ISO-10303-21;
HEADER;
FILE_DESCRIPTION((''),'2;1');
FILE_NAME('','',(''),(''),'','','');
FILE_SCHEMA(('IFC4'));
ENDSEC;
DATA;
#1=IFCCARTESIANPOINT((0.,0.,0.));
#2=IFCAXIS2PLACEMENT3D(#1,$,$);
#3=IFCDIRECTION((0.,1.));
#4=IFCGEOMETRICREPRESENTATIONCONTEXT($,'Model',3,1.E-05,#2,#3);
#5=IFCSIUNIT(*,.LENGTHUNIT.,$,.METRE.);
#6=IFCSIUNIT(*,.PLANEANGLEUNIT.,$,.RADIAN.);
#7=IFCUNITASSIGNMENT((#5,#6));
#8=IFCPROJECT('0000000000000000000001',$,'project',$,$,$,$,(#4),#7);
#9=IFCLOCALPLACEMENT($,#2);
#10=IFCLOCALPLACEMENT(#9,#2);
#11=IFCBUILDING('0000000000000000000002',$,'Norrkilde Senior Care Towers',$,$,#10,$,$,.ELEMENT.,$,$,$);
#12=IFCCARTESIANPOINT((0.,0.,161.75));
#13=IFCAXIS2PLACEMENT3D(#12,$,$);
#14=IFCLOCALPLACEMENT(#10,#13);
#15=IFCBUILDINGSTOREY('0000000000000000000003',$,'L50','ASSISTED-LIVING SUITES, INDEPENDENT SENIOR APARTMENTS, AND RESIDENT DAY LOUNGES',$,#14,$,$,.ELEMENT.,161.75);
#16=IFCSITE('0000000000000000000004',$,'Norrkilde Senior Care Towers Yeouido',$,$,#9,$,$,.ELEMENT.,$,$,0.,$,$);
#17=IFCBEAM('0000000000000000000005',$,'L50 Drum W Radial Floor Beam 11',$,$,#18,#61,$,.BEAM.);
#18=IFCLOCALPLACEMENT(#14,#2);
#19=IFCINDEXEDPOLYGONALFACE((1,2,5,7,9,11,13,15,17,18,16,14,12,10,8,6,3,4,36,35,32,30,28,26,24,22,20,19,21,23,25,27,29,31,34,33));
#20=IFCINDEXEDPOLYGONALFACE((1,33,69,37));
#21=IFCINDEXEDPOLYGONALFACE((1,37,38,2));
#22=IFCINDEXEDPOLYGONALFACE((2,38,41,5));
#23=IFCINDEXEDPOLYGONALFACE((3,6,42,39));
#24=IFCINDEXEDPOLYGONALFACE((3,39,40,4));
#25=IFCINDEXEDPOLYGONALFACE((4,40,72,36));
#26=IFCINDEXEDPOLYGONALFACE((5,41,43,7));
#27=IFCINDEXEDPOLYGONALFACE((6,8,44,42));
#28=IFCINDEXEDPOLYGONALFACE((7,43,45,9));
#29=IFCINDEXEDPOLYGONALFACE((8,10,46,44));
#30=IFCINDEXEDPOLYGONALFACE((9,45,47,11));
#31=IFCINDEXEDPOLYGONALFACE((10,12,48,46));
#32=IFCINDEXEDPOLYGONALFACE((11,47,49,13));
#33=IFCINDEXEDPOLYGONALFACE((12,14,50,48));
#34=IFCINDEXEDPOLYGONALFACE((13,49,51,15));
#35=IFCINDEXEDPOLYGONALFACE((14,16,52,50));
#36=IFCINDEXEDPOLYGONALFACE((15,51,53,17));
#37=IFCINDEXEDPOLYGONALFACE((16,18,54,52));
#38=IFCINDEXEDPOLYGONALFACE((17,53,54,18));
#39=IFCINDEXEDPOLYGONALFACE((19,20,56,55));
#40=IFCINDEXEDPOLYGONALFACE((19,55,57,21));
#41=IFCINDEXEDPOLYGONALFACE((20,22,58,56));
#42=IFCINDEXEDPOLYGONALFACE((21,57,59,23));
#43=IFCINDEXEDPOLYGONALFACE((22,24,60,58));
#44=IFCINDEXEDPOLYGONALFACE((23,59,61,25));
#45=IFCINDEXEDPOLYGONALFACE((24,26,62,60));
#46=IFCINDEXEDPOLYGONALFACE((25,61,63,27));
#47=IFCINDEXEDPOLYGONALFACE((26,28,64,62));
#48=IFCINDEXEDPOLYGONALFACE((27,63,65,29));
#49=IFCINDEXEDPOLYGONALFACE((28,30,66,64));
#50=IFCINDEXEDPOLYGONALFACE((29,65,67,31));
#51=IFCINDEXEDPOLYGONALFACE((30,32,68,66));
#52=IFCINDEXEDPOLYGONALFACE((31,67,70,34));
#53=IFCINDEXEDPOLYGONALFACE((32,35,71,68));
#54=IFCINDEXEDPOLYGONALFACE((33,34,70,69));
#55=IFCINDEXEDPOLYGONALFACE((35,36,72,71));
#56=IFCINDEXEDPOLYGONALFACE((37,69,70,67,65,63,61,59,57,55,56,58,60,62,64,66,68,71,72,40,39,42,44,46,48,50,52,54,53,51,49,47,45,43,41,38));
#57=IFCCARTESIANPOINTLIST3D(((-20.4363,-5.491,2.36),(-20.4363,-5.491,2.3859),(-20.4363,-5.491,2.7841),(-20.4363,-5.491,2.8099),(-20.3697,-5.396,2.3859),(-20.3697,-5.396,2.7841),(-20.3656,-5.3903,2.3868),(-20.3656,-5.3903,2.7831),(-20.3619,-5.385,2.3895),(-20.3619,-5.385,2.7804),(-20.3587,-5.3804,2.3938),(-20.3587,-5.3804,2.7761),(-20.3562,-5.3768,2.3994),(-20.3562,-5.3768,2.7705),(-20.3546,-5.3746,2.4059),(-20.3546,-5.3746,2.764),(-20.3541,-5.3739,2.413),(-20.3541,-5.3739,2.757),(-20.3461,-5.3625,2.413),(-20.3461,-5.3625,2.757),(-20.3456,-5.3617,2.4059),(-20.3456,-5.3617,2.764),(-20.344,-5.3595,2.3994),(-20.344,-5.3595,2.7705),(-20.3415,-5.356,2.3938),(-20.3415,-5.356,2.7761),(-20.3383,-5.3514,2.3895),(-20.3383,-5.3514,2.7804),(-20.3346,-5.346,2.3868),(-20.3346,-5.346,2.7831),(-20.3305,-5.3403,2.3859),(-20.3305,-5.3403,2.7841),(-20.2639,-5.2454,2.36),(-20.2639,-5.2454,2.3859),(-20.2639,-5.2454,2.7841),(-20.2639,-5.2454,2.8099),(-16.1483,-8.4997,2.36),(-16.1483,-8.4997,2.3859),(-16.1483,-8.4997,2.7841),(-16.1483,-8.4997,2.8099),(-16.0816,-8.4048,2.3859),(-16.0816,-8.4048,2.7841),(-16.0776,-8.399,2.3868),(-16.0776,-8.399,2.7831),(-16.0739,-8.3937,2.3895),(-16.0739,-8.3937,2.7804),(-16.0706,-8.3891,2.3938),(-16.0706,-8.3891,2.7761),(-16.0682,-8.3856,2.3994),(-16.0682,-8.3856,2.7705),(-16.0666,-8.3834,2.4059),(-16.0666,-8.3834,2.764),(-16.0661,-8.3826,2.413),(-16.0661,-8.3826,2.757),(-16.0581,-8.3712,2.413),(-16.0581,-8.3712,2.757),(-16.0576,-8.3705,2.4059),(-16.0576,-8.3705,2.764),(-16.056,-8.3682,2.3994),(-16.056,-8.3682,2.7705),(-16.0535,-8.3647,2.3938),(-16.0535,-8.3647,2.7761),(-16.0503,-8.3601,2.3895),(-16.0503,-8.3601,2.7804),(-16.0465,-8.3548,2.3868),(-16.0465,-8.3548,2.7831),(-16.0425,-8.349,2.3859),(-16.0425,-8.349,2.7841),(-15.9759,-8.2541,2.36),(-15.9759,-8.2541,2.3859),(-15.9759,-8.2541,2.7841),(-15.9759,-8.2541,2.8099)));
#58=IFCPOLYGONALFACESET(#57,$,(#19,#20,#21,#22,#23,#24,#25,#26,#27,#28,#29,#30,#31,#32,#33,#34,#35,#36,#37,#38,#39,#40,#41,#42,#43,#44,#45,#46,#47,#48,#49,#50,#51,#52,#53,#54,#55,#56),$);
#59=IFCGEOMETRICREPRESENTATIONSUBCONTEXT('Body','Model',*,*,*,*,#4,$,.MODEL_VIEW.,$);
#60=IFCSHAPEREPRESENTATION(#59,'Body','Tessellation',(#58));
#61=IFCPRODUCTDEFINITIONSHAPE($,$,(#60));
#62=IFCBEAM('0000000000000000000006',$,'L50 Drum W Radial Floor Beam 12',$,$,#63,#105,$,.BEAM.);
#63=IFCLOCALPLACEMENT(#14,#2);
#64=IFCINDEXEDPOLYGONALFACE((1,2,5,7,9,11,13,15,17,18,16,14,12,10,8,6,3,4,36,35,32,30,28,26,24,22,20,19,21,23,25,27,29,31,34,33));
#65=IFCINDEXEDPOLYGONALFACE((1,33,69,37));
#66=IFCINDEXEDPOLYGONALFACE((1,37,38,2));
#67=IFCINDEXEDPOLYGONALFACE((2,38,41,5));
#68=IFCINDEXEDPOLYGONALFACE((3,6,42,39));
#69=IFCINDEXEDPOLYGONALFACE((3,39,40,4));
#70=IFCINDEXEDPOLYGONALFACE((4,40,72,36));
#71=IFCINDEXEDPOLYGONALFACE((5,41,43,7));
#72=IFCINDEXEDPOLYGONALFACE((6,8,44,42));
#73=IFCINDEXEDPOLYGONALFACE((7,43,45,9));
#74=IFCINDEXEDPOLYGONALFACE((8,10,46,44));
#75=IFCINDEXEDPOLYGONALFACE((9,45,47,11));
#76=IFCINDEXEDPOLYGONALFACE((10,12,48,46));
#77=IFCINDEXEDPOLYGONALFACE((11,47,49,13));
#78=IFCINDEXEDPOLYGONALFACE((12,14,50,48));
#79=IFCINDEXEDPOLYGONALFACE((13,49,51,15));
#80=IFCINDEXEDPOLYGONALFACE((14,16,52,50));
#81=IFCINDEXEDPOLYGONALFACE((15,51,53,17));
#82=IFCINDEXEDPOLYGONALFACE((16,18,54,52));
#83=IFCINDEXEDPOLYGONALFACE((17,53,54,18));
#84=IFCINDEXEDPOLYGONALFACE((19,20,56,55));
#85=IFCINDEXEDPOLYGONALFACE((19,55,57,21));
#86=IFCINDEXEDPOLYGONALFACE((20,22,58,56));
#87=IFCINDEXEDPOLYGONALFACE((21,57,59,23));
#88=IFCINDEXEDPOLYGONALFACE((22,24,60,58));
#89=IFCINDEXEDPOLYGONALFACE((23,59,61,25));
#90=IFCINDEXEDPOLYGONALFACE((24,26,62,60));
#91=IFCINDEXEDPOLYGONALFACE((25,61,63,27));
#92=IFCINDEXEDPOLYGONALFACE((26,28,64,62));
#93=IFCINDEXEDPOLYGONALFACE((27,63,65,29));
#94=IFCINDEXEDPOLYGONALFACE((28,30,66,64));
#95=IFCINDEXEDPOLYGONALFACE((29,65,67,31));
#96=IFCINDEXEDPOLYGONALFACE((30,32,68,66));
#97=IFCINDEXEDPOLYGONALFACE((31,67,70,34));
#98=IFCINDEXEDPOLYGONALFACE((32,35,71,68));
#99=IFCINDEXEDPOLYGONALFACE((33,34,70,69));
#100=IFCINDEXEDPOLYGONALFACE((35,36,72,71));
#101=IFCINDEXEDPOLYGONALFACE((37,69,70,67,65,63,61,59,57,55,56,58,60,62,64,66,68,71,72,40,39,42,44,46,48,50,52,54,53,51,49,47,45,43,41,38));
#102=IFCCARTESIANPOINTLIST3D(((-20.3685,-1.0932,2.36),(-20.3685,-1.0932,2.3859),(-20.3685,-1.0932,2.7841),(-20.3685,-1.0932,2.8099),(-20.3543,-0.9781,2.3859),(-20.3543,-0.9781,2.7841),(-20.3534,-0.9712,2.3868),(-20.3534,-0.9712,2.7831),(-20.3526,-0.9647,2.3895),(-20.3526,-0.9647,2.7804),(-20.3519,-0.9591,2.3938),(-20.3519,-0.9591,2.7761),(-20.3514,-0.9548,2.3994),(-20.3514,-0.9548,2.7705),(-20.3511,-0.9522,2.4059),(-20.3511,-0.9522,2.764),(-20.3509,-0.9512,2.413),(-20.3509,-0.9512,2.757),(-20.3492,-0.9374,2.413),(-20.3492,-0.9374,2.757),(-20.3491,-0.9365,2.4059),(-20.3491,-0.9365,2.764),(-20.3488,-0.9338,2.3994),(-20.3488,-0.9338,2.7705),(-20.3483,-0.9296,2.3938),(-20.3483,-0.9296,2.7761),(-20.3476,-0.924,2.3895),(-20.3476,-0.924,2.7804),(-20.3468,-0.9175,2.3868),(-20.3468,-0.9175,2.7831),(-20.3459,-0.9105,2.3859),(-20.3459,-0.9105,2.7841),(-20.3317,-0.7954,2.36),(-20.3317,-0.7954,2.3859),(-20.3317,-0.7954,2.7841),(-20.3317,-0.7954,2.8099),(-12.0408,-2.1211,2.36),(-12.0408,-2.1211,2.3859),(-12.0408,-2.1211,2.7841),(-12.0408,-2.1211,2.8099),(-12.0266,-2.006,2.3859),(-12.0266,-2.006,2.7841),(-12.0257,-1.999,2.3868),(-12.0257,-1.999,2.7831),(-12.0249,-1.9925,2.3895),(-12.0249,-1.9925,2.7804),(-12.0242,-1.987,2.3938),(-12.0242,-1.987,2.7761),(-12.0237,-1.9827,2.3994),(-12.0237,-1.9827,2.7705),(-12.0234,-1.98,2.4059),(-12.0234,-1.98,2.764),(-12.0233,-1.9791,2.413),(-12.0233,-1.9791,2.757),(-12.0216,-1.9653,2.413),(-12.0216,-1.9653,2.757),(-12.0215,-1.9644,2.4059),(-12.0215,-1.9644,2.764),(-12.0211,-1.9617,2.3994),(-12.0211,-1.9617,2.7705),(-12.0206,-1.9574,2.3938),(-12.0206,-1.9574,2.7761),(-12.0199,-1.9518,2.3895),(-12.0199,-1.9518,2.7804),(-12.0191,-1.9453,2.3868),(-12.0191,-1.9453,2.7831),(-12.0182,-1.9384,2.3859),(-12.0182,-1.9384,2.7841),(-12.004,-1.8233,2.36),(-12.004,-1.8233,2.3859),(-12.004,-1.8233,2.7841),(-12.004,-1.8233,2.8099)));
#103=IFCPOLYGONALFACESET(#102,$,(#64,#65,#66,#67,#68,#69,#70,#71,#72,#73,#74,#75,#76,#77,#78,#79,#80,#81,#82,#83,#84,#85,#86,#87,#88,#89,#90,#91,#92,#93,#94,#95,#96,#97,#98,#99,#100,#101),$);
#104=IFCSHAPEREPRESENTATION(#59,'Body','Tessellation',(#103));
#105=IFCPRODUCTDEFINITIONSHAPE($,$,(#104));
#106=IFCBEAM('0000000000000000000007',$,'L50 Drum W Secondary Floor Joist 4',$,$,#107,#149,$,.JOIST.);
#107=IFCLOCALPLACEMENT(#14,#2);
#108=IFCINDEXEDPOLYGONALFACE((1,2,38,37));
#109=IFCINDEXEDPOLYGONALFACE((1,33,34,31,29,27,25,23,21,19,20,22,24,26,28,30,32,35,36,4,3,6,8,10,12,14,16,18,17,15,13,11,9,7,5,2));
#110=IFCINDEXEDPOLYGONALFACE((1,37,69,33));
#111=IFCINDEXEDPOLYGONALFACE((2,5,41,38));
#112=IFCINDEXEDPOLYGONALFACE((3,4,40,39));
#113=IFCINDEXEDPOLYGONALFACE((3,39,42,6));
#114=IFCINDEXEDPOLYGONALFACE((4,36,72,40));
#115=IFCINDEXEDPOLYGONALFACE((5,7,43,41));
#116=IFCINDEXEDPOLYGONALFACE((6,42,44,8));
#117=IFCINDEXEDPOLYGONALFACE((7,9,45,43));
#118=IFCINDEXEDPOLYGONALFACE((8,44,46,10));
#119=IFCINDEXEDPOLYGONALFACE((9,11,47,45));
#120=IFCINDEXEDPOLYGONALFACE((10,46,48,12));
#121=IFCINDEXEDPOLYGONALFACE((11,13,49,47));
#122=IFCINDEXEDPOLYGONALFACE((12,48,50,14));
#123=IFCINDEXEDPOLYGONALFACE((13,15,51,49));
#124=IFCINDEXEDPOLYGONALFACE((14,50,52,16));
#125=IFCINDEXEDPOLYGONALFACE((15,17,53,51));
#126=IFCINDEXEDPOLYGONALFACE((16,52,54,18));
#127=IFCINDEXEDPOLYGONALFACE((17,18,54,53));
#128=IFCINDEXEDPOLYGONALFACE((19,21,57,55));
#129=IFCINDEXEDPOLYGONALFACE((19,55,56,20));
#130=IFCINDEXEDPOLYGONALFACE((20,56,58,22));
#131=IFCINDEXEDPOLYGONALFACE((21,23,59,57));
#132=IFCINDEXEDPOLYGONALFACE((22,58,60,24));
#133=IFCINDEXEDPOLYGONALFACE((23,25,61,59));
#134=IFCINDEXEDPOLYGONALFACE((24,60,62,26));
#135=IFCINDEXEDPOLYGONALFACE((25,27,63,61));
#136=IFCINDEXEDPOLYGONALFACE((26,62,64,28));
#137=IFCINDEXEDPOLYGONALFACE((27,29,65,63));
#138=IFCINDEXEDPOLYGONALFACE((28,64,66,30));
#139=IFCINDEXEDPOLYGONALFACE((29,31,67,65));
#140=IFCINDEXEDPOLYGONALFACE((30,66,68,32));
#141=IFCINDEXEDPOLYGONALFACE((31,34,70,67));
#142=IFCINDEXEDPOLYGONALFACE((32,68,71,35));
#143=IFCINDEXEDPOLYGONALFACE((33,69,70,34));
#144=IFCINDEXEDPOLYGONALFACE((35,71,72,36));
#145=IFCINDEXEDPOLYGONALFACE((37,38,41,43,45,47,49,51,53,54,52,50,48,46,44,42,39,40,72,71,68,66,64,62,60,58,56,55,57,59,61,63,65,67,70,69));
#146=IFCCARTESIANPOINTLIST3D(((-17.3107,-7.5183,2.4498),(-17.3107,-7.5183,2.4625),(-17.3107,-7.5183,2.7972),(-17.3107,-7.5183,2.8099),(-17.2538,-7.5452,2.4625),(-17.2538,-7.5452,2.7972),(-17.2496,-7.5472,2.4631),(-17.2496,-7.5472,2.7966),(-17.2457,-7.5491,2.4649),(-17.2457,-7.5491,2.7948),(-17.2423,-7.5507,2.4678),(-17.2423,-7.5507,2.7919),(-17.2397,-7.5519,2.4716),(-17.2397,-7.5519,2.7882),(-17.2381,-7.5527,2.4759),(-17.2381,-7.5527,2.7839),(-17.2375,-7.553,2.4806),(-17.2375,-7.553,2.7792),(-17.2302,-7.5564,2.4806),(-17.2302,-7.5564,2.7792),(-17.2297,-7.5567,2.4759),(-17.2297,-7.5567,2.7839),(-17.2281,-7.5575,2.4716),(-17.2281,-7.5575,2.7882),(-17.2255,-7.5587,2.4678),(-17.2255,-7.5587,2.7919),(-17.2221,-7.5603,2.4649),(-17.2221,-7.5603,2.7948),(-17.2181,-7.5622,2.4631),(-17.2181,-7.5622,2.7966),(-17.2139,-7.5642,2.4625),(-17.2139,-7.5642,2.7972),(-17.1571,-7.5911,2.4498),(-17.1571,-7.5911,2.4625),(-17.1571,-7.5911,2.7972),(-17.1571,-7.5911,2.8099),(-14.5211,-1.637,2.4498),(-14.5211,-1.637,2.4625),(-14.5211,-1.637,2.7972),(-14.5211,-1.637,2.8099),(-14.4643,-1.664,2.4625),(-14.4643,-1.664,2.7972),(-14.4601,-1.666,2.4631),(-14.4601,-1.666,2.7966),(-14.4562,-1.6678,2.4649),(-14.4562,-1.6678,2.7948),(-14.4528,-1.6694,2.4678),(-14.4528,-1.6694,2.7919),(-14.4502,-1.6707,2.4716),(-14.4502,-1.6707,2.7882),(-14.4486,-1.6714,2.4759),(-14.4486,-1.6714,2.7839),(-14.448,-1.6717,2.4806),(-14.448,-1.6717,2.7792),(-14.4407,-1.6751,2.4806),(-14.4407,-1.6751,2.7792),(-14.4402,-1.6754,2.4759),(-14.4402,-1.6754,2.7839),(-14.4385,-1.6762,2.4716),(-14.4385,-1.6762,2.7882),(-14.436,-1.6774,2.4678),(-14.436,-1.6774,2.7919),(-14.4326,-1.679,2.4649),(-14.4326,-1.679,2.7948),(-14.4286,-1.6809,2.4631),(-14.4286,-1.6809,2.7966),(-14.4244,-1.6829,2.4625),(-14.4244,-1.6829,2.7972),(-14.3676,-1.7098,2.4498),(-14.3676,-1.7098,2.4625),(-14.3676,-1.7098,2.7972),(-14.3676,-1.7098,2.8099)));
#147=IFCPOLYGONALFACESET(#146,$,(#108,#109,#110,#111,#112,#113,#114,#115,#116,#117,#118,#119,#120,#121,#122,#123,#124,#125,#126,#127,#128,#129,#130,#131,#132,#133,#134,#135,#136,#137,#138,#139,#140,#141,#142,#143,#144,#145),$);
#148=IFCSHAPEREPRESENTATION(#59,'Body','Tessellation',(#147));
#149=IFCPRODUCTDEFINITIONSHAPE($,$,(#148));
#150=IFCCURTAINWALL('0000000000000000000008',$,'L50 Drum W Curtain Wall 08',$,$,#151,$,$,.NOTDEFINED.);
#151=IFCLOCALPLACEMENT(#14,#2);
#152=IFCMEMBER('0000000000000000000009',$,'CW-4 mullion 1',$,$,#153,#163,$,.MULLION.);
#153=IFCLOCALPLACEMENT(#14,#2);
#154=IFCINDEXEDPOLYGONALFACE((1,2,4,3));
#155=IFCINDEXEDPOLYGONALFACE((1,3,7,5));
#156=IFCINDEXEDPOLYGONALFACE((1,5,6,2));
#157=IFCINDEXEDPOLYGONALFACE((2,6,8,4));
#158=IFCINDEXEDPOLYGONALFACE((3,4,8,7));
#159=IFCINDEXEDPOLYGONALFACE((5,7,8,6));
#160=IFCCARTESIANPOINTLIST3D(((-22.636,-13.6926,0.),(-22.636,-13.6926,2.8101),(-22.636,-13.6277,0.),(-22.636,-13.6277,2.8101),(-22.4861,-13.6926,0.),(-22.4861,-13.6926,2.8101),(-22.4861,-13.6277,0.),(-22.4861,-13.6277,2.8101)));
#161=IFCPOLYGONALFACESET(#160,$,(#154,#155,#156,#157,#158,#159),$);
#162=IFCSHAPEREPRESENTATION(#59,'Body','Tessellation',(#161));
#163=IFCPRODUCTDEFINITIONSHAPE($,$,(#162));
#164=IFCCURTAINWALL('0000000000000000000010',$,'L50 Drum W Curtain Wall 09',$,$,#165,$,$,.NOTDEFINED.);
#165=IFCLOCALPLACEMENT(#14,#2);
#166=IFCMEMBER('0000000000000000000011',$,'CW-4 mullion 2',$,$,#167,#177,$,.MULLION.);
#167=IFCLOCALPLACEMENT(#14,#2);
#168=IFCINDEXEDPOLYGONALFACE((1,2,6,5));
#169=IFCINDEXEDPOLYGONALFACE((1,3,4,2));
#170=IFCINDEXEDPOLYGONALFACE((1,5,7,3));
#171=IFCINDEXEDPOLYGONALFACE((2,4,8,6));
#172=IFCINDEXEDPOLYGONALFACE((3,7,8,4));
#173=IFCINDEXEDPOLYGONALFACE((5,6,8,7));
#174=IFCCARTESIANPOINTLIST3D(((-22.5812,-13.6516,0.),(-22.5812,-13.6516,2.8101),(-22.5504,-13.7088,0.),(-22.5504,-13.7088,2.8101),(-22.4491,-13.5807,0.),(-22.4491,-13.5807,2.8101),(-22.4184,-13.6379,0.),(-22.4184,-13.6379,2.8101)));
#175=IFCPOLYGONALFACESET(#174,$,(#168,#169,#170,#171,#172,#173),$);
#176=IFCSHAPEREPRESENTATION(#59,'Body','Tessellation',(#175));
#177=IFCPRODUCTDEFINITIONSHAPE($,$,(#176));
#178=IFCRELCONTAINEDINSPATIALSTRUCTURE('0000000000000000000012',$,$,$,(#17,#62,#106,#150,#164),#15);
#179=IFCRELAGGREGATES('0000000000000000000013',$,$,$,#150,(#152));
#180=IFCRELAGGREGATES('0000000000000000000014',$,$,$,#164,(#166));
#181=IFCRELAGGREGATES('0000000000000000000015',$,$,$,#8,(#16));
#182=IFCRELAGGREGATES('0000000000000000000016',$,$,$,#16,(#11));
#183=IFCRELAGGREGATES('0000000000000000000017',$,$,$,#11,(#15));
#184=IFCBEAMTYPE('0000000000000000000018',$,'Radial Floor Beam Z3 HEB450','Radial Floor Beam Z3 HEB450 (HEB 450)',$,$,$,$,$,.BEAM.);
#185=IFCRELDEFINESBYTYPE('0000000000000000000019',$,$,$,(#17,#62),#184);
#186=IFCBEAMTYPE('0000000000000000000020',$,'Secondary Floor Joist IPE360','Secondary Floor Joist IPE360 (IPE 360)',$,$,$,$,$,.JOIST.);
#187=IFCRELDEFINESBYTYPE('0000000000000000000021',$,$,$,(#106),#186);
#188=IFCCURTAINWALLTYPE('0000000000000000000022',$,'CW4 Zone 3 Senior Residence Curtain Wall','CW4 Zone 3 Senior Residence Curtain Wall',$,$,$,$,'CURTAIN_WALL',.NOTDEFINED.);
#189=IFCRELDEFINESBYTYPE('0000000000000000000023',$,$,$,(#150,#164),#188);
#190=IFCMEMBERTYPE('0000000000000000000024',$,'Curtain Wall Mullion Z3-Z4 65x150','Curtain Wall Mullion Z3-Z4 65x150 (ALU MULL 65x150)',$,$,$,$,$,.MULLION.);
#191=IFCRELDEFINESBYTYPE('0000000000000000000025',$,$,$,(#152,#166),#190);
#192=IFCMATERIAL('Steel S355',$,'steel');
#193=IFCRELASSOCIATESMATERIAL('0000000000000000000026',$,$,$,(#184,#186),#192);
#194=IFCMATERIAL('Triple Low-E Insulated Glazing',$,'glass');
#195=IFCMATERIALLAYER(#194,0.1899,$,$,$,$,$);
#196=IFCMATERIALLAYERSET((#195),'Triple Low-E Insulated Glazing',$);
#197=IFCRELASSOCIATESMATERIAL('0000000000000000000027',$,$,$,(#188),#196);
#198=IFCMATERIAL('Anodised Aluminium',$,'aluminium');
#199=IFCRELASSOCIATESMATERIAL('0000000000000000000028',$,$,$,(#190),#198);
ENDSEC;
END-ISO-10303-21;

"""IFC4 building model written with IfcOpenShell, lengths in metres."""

from ifc_helpers import new_model, si_unit, direction, frame, origin, origin_2d, place, context, subcontext, project, spatial, rectangle, i_section, extrude, source, transform, mapped, material, layer, layer_set, material_profile, profile_set, type_object, type_shapes, element, aggregate, save


model = new_model("IFC4")

# Units and contexts
model_context = context("Model", 3, precision=1e-05, world=origin(), true_north=direction((0.0, 1.0)))
body_context = subcontext(model_context, "Body", "Model", "MODEL_VIEW")
ifc_project = project(units=[si_unit("LENGTHUNIT", "METRE"), si_unit("PLANEANGLEUNIT", "RADIAN")], contexts=[model_context])

# Site, building, storey
site_placement = place(None, origin())
site = spatial("IfcSite", under=ifc_project, at=site_placement, Name="Norrkilde Senior Care Towers Yeouido", CompositionType="ELEMENT", RefElevation=0.0)
building_placement = place(site_placement, origin())
building = spatial("IfcBuilding", under=site, at=building_placement, Name="Norrkilde Senior Care Towers", CompositionType="ELEMENT")
storey_placement = place(building_placement, frame((0.0, 0.0, 161.75)))
storey = spatial("IfcBuildingStorey", under=building, at=storey_placement, Name="L50", Description="ASSISTED-LIVING SUITES, INDEPENDENT SENIOR APARTMENTS, AND RESIDENT DAY LOUNGES", CompositionType="ELEMENT", Elevation=161.75)

# Beams
ifc_material_1 = material(Name="Steel S355", Category="steel")
ifc_material_profile_1 = material_profile(ifc_material_1, i_section(OverallWidth=0.3, OverallDepth=0.45, WebThickness=0.0139, FlangeThickness=0.0259, FilletRadius=0.0271, at=origin_2d()), Name="HEB 450")
ifc_profile_set_1 = profile_set([ifc_material_profile_1], Name="Steel S355")
beam_type_1 = type_object("IfcBeamType", Name="Radial Floor Beam Z3 HEB450", Description="Radial Floor Beam Z3 HEB450 (HEB 450)", PredefinedType="BEAM", material=ifc_profile_set_1)
shared_shape_1 = source(origin(), body_context, "Body", "SweptSolid", [
    extrude(i_section(OverallWidth=0.3, OverallDepth=0.45, WebThickness=0.0139, FlangeThickness=0.0259, FilletRadius=0.0271, at=origin_2d()), origin(), (0.0, 0.0, 1.0), 5.2383),
])
beam_1_placement = place(storey_placement, frame((-20.3501, -5.3682, 2.585), z_axis=(0.818592, -0.574375, 0.0), x_axis=(0.574375, 0.818592, 0.0)))
element("IfcBeam", 1, at=beam_1_placement, inside=storey, type_object=beam_type_1, Name="L50 Drum W Radial Floor Beam 11", PredefinedType="BEAM", context=body_context, shape_type="MappedRepresentation", body=[
    mapped(shared_shape_1, transform((0.0, 0.0, 0.0), x_axis=(1.0, 0.0, 0.0), y_axis=(0.0, 1.0, 0.0), z_axis=(0.0, 0.0, 1.0), scale=1.0)),
])
shared_shape_2 = source(origin(), body_context, "Body", "SweptSolid", [
    extrude(i_section(OverallWidth=0.3, OverallDepth=0.45, WebThickness=0.0139, FlangeThickness=0.0259, FilletRadius=0.0271, at=origin_2d()), origin(), (0.0, 0.0, 1.0), 8.3909),
])
type_shapes(beam_type_1, [shared_shape_1, shared_shape_2])
beam_2_placement = place(storey_placement, frame((-20.3501, -0.9443, 2.585), z_axis=(0.992469, -0.122495, 0.0), x_axis=(0.122495, 0.992469, 0.0)))
element("IfcBeam", 2, at=beam_2_placement, inside=storey, type_object=beam_type_1, Name="L50 Drum W Radial Floor Beam 12", PredefinedType="BEAM", context=body_context, shape_type="MappedRepresentation", body=[
    mapped(shared_shape_2, transform((0.0, 0.0, 0.0), x_axis=(1.0, 0.0, 0.0), y_axis=(0.0, 1.0, 0.0), z_axis=(0.0, 0.0, 1.0), scale=1.0)),
])
ifc_material_profile_2 = material_profile(ifc_material_1, i_section(OverallWidth=0.1699, OverallDepth=0.3601, WebThickness=0.0081, FlangeThickness=0.0127, FilletRadius=0.0181, at=origin_2d()), Name="IPE 360")
ifc_profile_set_2 = profile_set([ifc_material_profile_2], Name="Steel S355")
beam_type_2 = type_object("IfcBeamType", Name="Secondary Floor Joist IPE360", Description="Secondary Floor Joist IPE360 (IPE 360)", PredefinedType="JOIST", material=ifc_profile_set_2)
shared_shape_3 = source(origin(), body_context, "Body", "SweptSolid", [
    extrude(i_section(OverallWidth=0.1699, OverallDepth=0.3601, WebThickness=0.0081, FlangeThickness=0.0127, FilletRadius=0.0181, at=origin_2d()), origin(), (0.0, 0.0, 1.0), 6.5093),
])
type_shapes(beam_type_2, [shared_shape_3])
beam_3_placement = place(storey_placement, frame((-17.2339, -7.5547, 2.6299), z_axis=(0.428544, 0.903521, 0.0), x_axis=(-0.903521, 0.428544, 0.0)))
element("IfcBeam", 3, at=beam_3_placement, inside=storey, type_object=beam_type_2, Name="L50 Drum W Secondary Floor Joist 4", PredefinedType="JOIST", context=body_context, shape_type="MappedRepresentation", body=[
    mapped(shared_shape_3, transform((0.0, 0.0, 0.0), x_axis=(1.0, 0.0, 0.0), y_axis=(0.0, 1.0, 0.0), z_axis=(0.0, 0.0, 1.0), scale=1.0)),
])

# Curtain walls, members
ifc_material_2 = material(Name="Triple Low-E Insulated Glazing", Category="glass")
ifc_layer_1 = layer(ifc_material_2, 0.1899)
ifc_layer_set_1 = layer_set([ifc_layer_1], Name="Triple Low-E Insulated Glazing")
curtain_wall_type = type_object("IfcCurtainWallType", Name="CW4 Zone 3 Senior Residence Curtain Wall", Description="CW4 Zone 3 Senior Residence Curtain Wall", ElementType="CURTAIN_WALL", PredefinedType="NOTDEFINED", material=ifc_layer_set_1)
curtain_wall_1_placement = place(storey_placement, origin())
curtain_wall_1 = element("IfcCurtainWall", 4, at=curtain_wall_1_placement, inside=storey, type_object=curtain_wall_type, Name="L50 Drum W Curtain Wall 08", PredefinedType="NOTDEFINED")
ifc_material_3 = material(Name="Anodised Aluminium", Category="aluminium")
ifc_material_profile_3 = material_profile(ifc_material_3, rectangle(XDim=0.0649, YDim=0.1499, at=origin_2d()), Name="ALU MULL 65x150")
ifc_profile_set_3 = profile_set([ifc_material_profile_3], Name="Anodised Aluminium")
member_type_1 = type_object("IfcMemberType", Name="Curtain Wall Mullion Z3-Z4 65x150", Description="Curtain Wall Mullion Z3-Z4 65x150 (ALU MULL 65x150)", PredefinedType="MULLION", material=ifc_profile_set_3)
shared_shape_4 = source(origin(), body_context, "Body", "SweptSolid", [
    extrude(rectangle(XDim=0.0649, YDim=0.1499, at=origin_2d()), origin(), (0.0, 0.0, 1.0), 2.8101),
])
type_shapes(member_type_1, [shared_shape_4])
member_1_placement = place(storey_placement, frame((-22.561, -13.6602, 0.0), z_axis=(0.0, 0.0, 1.0), x_axis=(0.0, -1.0, 0.0)))
member_1 = element("IfcMember", 5, at=member_1_placement, type_object=member_type_1, Name="CW-4 mullion 1", PredefinedType="MULLION", context=body_context, shape_type="MappedRepresentation", body=[
    mapped(shared_shape_4, transform((0.0, 0.0, 0.0), x_axis=(1.0, 0.0, 0.0), y_axis=(0.0, 1.0, 0.0), z_axis=(0.0, 0.0, 1.0), scale=1.0)),
])
curtain_wall_2_placement = place(storey_placement, origin())
curtain_wall_2 = element("IfcCurtainWall", 6, at=curtain_wall_2_placement, inside=storey, type_object=curtain_wall_type, Name="L50 Drum W Curtain Wall 09", PredefinedType="NOTDEFINED")
member_2_placement = place(storey_placement, frame((-22.4998, -13.6448, 0.0), z_axis=(0.0, 0.0, 1.0), x_axis=(0.473117, -0.881, 0.0)))
member_2 = element("IfcMember", 7, at=member_2_placement, type_object=member_type_1, Name="CW-4 mullion 2", PredefinedType="MULLION", context=body_context, shape_type="MappedRepresentation", body=[
    mapped(shared_shape_4, transform((0.0, 0.0, 0.0), x_axis=(1.0, 0.0, 0.0), y_axis=(0.0, 1.0, 0.0), z_axis=(0.0, 0.0, 1.0), scale=1.0)),
])

aggregate(curtain_wall_1, [member_1])

aggregate(curtain_wall_2, [member_2])

save(model, "model.ifc")
